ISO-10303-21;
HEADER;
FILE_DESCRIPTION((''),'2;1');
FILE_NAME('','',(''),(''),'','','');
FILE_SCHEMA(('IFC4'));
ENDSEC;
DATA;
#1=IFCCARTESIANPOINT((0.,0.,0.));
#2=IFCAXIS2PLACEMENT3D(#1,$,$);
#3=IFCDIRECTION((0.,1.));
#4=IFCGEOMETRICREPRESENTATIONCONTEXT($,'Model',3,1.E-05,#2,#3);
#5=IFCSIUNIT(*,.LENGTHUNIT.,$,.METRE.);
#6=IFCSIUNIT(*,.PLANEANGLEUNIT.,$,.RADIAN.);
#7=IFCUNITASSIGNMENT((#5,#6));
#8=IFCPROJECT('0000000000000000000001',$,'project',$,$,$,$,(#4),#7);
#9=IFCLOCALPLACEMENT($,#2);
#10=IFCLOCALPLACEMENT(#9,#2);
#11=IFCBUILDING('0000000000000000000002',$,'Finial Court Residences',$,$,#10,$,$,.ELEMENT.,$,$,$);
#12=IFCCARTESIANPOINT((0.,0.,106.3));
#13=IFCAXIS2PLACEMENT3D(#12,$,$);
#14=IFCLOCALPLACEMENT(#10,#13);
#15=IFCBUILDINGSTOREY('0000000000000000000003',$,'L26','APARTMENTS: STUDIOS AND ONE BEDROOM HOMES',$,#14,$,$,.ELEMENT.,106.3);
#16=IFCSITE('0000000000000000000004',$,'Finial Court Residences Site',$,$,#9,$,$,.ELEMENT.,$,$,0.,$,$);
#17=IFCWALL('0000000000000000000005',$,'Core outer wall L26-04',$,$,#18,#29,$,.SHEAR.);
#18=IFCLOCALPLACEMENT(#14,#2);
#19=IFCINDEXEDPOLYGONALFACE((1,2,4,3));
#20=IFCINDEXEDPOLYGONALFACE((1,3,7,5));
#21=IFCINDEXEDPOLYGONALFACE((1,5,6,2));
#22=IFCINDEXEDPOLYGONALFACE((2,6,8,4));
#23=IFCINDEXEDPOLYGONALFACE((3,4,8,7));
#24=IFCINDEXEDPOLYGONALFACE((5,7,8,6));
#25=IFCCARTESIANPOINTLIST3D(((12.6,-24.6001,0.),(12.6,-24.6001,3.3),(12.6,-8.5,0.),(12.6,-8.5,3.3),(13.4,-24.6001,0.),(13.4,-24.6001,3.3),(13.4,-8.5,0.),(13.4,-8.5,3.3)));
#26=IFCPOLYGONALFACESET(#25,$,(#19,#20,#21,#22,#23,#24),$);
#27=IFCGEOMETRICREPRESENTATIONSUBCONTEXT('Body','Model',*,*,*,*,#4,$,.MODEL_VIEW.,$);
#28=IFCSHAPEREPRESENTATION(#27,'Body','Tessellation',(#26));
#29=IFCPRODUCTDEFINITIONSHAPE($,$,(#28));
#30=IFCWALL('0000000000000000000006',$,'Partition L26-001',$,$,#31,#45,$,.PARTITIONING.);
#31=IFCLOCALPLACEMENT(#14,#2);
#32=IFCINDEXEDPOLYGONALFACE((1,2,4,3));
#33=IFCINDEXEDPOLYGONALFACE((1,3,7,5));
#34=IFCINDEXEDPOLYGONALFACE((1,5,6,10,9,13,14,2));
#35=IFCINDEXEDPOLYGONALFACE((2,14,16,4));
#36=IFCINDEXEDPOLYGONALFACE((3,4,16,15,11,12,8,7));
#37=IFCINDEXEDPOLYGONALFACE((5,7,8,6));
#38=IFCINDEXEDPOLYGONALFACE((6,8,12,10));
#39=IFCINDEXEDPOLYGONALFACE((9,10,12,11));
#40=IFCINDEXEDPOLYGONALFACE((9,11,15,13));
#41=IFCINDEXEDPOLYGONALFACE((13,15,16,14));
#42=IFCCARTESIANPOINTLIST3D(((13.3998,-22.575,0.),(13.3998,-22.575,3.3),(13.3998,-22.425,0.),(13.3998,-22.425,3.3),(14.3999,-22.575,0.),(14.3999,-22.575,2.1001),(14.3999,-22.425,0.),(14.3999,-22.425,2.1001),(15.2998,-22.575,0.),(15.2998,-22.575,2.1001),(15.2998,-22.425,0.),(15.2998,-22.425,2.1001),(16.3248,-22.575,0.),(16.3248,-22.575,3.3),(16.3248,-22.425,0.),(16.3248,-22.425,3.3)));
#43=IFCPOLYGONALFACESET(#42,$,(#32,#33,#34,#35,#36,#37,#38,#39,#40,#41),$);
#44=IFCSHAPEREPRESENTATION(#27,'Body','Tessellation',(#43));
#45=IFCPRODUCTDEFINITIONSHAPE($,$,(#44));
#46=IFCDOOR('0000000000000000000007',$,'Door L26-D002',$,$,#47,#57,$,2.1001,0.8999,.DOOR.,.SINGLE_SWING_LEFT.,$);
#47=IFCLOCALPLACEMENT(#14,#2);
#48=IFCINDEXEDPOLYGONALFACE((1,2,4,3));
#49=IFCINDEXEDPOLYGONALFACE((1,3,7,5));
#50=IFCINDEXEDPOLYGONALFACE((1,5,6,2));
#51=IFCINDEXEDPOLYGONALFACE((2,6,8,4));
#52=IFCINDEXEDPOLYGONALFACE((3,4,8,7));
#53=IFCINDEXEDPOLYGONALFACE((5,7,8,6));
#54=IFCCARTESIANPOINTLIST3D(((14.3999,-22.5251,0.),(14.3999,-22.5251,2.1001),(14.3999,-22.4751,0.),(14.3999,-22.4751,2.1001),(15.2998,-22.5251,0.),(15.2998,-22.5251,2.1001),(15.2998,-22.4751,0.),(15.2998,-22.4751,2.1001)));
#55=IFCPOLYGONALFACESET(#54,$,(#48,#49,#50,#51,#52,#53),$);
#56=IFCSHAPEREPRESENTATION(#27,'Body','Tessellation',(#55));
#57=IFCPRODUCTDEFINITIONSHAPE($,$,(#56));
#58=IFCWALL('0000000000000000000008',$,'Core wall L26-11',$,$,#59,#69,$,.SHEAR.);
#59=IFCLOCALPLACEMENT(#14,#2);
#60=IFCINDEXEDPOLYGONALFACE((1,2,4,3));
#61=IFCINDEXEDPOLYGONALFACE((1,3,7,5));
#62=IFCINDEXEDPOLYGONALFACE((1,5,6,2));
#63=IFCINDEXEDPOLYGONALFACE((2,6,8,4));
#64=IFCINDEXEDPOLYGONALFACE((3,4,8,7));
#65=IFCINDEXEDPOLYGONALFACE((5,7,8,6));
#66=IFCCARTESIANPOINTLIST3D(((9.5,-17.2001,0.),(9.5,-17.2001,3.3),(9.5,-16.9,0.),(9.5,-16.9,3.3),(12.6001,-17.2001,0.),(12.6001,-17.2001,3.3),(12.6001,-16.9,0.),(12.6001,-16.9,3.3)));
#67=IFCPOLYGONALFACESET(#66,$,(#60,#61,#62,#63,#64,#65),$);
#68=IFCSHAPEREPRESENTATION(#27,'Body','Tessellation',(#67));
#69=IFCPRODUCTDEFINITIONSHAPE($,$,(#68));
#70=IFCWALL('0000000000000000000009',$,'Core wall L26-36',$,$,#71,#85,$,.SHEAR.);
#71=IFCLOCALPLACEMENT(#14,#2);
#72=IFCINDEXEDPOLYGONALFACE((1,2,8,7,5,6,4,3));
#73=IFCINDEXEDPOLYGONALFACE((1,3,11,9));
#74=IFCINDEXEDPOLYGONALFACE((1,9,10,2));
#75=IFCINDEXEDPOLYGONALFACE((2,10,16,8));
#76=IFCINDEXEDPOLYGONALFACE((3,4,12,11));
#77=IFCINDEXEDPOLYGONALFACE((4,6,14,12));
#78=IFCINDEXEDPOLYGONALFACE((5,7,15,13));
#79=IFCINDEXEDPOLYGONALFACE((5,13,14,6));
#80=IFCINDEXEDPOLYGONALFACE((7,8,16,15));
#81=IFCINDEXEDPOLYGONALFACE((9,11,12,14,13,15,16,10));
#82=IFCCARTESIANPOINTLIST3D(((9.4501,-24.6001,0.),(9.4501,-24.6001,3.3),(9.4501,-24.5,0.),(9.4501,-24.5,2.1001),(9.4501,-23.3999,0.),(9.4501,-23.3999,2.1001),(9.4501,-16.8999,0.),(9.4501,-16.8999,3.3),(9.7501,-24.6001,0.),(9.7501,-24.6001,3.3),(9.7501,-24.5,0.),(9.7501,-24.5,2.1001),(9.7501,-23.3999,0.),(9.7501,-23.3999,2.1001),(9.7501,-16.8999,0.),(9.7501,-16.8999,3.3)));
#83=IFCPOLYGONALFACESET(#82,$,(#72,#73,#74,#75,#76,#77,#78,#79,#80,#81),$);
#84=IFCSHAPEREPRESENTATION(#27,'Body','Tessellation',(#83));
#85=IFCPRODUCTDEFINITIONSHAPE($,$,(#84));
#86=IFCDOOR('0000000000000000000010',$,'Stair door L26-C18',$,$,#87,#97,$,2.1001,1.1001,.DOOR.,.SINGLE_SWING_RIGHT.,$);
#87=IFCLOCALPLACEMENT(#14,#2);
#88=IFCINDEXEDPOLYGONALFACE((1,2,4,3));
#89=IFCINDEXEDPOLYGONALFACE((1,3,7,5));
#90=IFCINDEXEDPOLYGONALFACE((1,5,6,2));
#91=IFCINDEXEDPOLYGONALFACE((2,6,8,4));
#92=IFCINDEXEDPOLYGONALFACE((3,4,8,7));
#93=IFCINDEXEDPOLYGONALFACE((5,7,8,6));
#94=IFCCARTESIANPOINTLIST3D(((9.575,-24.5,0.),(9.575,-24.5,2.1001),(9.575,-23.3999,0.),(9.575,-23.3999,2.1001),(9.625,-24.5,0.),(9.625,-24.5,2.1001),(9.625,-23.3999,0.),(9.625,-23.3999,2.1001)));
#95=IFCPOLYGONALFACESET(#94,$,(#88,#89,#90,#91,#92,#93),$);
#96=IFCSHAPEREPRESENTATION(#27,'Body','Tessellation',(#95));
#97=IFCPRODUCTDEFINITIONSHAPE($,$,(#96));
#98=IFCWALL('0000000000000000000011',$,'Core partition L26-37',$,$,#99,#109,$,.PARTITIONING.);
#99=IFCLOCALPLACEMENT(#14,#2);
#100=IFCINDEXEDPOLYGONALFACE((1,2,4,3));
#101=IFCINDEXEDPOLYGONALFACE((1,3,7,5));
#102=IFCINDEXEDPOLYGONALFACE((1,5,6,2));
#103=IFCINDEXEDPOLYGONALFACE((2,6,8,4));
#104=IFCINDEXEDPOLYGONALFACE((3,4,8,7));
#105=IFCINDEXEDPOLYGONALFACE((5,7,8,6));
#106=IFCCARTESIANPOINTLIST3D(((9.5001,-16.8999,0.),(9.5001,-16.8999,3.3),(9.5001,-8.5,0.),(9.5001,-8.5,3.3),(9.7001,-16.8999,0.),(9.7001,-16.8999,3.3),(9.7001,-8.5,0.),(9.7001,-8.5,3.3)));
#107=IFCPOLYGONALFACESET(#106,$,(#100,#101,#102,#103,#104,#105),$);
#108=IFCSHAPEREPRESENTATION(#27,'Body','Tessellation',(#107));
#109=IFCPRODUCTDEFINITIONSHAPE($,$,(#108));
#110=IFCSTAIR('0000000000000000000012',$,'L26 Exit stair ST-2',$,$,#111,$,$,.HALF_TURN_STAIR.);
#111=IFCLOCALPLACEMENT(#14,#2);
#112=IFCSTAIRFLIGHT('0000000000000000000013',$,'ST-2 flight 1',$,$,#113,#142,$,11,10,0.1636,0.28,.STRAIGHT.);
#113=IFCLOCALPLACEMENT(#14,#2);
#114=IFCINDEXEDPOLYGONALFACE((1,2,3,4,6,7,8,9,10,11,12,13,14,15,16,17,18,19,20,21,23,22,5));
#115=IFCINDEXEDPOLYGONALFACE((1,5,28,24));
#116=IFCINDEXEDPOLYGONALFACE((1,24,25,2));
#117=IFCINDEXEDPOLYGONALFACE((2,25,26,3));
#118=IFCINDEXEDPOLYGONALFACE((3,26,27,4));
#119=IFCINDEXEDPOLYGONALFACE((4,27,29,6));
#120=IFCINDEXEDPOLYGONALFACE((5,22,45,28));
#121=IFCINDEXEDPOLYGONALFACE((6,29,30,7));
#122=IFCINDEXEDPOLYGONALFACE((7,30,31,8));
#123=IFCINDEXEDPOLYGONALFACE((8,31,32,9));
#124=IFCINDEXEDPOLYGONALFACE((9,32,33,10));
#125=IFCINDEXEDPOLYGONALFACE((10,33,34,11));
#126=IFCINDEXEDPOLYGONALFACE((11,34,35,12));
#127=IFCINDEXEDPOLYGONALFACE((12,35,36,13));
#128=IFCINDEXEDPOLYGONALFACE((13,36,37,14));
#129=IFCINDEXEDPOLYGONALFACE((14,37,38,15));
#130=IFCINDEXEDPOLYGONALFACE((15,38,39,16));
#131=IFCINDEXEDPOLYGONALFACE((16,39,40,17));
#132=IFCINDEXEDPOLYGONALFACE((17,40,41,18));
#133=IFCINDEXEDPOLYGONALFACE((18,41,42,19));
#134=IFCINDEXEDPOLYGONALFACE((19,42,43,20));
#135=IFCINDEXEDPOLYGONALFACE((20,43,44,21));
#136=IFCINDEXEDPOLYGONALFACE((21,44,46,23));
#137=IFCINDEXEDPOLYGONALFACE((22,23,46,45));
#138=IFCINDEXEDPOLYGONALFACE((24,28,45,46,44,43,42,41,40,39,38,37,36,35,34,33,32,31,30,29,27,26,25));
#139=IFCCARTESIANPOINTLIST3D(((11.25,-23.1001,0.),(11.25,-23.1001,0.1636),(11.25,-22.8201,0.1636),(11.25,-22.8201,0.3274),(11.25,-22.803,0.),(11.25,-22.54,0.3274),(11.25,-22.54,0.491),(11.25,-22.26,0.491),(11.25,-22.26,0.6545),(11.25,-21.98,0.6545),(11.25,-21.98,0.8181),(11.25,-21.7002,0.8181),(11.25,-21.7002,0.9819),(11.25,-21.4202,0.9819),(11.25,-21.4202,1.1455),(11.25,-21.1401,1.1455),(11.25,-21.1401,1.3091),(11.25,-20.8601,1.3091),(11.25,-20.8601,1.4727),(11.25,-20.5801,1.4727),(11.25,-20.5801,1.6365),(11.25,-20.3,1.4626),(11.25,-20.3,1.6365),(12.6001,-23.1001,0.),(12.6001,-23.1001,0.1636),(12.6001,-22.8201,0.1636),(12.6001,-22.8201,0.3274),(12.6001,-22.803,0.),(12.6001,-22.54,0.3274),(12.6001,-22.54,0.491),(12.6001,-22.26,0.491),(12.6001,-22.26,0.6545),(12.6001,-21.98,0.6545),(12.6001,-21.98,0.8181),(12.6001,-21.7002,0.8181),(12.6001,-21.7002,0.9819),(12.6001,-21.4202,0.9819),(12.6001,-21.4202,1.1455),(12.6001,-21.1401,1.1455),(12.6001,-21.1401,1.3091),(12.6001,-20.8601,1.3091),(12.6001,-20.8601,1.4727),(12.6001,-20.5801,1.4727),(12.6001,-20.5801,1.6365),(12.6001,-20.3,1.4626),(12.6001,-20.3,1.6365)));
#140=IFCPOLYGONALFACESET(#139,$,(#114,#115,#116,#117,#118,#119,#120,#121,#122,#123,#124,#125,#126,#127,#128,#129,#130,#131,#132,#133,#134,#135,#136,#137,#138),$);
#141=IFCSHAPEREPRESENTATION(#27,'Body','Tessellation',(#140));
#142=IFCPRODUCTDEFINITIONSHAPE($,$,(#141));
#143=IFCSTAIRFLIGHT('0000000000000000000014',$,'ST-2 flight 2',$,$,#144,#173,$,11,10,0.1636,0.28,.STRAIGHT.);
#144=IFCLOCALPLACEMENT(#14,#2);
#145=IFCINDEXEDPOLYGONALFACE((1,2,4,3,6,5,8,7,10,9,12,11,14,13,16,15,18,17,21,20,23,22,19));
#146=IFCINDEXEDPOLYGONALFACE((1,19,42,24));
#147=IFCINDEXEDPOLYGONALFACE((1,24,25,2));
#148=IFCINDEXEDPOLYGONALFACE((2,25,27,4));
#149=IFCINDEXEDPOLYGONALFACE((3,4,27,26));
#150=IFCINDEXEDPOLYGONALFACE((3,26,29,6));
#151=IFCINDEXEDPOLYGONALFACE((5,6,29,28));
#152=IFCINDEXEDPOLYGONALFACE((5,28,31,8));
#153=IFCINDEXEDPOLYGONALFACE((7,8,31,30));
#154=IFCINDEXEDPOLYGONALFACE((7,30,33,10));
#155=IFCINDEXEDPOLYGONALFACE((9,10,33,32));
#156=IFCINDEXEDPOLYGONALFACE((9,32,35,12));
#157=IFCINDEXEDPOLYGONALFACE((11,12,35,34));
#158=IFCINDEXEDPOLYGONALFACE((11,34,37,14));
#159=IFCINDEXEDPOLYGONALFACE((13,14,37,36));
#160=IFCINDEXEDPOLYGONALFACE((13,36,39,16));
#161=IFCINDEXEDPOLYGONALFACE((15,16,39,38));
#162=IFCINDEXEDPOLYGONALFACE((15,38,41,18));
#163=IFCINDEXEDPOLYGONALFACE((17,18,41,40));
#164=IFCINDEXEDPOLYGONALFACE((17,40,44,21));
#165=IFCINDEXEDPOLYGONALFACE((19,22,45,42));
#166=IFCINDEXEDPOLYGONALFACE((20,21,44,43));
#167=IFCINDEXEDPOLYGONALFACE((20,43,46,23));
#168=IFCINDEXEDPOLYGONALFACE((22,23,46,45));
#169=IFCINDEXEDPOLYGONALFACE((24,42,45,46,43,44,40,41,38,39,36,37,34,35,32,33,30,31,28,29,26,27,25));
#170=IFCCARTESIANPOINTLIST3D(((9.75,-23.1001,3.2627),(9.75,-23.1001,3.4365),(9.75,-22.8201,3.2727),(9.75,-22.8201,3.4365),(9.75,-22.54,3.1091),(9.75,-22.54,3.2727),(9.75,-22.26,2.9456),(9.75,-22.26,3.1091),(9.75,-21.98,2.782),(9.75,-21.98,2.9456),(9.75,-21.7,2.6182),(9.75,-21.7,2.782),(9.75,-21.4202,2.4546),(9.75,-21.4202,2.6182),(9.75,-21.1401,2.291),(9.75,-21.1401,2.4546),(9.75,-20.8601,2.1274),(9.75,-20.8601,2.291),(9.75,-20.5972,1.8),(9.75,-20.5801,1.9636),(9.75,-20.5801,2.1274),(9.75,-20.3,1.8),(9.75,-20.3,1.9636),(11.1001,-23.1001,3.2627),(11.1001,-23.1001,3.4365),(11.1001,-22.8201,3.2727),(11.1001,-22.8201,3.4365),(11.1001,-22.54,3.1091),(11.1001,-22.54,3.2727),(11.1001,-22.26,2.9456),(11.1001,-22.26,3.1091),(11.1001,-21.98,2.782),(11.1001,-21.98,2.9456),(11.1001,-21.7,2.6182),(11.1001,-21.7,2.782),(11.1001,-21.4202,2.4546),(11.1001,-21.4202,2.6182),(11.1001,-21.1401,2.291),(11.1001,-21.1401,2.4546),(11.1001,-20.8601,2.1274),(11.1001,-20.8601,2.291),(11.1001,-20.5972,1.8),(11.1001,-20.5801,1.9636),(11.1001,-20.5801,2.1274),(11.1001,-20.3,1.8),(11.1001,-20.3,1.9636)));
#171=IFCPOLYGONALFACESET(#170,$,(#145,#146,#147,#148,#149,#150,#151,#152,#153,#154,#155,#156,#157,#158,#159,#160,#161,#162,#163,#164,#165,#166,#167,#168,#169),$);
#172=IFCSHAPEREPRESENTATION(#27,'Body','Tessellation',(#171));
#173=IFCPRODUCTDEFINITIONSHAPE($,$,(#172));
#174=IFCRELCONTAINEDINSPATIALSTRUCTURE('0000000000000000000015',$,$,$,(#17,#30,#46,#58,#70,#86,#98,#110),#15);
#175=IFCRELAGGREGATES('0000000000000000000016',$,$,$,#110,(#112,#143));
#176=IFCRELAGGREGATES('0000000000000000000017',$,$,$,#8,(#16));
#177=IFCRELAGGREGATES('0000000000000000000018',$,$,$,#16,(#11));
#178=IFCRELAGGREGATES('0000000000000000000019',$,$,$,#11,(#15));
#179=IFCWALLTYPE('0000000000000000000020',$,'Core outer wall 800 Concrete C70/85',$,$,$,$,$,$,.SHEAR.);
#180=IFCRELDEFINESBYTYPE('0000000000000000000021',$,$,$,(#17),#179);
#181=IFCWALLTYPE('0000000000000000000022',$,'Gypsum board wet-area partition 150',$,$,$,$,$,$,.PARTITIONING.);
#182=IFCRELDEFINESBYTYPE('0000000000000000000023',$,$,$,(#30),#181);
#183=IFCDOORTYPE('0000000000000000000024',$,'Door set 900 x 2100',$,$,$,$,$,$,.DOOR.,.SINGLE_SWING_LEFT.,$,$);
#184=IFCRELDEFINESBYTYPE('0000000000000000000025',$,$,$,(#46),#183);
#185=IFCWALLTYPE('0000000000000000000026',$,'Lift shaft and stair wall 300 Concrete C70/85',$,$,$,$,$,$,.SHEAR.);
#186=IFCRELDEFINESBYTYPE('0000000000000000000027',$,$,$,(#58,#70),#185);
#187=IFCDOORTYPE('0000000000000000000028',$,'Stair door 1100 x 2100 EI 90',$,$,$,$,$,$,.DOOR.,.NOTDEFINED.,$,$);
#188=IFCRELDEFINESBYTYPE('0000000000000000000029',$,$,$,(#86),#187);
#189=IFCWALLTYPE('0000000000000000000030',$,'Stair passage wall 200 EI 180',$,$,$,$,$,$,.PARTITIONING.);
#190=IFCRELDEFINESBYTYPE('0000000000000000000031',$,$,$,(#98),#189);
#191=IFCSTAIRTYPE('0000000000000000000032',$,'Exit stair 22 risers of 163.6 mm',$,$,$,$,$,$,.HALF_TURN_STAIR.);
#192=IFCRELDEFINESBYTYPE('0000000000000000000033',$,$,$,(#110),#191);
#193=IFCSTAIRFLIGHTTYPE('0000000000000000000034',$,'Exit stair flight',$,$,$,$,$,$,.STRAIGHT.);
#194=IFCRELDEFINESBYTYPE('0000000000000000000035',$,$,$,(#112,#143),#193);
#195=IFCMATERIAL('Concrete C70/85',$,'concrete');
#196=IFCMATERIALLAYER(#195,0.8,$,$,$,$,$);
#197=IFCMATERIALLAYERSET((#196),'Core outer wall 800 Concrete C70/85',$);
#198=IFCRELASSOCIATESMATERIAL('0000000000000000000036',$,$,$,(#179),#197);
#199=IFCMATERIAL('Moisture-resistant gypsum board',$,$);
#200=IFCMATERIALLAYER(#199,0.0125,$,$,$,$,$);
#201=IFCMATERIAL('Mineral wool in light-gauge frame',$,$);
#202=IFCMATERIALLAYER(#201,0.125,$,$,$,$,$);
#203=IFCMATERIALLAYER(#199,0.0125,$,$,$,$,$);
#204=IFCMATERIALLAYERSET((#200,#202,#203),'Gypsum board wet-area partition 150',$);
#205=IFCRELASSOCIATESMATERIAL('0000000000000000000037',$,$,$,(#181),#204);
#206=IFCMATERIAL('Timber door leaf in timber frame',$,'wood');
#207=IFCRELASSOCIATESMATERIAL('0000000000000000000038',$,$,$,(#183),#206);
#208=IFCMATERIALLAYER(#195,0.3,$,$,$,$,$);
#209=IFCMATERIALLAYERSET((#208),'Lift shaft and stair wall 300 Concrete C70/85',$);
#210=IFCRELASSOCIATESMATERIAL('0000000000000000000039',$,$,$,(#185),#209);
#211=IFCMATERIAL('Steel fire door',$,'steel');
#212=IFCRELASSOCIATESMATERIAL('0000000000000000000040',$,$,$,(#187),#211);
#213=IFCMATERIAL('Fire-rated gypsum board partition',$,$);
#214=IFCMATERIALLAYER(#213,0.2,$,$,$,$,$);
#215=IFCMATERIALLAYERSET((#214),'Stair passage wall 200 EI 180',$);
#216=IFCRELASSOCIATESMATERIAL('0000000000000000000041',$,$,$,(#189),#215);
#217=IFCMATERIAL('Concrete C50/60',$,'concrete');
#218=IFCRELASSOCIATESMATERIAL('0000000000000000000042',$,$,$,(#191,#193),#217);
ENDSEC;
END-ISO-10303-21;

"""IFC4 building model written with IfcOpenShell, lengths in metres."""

from ifc_helpers import new_model, si_unit, direction, frame, frame_2d, origin, place, context, subcontext, project, spatial, polyline, rectangle, outline, extrude, material, layer, layer_set, type_object, element, fill, aggregate, save


model = new_model("IFC4")

# Units and contexts
model_context = context("Model", 3, precision=1e-05, world=origin(), true_north=direction((0.0, 1.0)))
body_context = subcontext(model_context, "Body", "Model", "MODEL_VIEW")
ifc_project = project(units=[si_unit("LENGTHUNIT", "METRE"), si_unit("PLANEANGLEUNIT", "RADIAN")], contexts=[model_context])

# Site, building, storey
site_placement = place(None, origin())
site = spatial("IfcSite", under=ifc_project, at=site_placement, Name="Finial Court Residences Site", CompositionType="ELEMENT", RefElevation=0.0)
building_placement = place(site_placement, origin())
building = spatial("IfcBuilding", under=site, at=building_placement, Name="Finial Court Residences", CompositionType="ELEMENT")
storey_placement = place(building_placement, frame((0.0, 0.0, 106.3)))
storey = spatial("IfcBuildingStorey", under=building, at=storey_placement, Name="L26", Description="APARTMENTS: STUDIOS AND ONE BEDROOM HOMES", CompositionType="ELEMENT", Elevation=106.3)

# Wall
ifc_material_1 = material(Name="Concrete C70/85", Category="concrete")
ifc_layer_1 = layer(ifc_material_1, 0.8)
ifc_layer_set_1 = layer_set([ifc_layer_1], Name="Core outer wall 800 Concrete C70/85")
wall_type_1 = type_object("IfcWallType", Name="Core outer wall 800 Concrete C70/85", PredefinedType="SHEAR", material=ifc_layer_set_1)
wall_1_placement = place(storey_placement, frame((13.0, -24.6001, 0.0), z_axis=(0.0, 0.0, 1.0), x_axis=(0.0, 1.0, 0.0)))
element("IfcWall", 1, at=wall_1_placement, inside=storey, type_object=wall_type_1, Name="Core outer wall L26-04", PredefinedType="SHEAR", context=body_context, shape_type="SweptSolid", body=[
    extrude(rectangle(XDim=16.1001, YDim=0.8, at=frame_2d((8.05, 0.0))), origin(), (0.0, 0.0, 1.0), 3.3),
])

# Wall, opening, door
ifc_material_2 = material(Name="Moisture-resistant gypsum board")
ifc_layer_2 = layer(ifc_material_2, 0.0125)
ifc_material_3 = material(Name="Mineral wool in light-gauge frame")
ifc_layer_3 = layer(ifc_material_3, 0.125)
ifc_layer_4 = layer(ifc_material_2, 0.0125)
ifc_layer_set_2 = layer_set([ifc_layer_2, ifc_layer_3, ifc_layer_4], Name="Gypsum board wet-area partition 150")
wall_type_2 = type_object("IfcWallType", Name="Gypsum board wet-area partition 150", PredefinedType="PARTITIONING", material=ifc_layer_set_2)
wall_2_placement = place(storey_placement, frame((13.3999, -22.5, 0.0), z_axis=(0.0, 0.0, 1.0), x_axis=(1.0, 0.0, 0.0)))
wall_2 = element("IfcWall", 2, at=wall_2_placement, inside=storey, type_object=wall_type_2, Name="Partition L26-001", PredefinedType="PARTITIONING", context=body_context, shape_type="SweptSolid", body=[
    extrude(rectangle(XDim=2.925, YDim=0.1499, at=frame_2d((1.4624, 0.0))), origin(), (0.0, 0.0, 1.0), 3.3),
])
opening_1_placement = place(wall_2_placement, frame((1.0, 0.0, 0.0)))
opening_1 = element("IfcOpeningElement", 3, at=opening_1_placement, cuts=wall_2, PredefinedType="OPENING", context=body_context, shape_type="SweptSolid", body=[
    extrude(rectangle(XDim=0.8999, YDim=2.1001, at=frame_2d((0.45, 1.05))), frame((0.0, 0.085, 0.0), z_axis=(0.0, -1.0, 0.0), x_axis=(1.0, 0.0, 0.0)), (0.0, 0.0, 1.0), 0.1699),
])
ifc_material_4 = material(Name="Timber door leaf in timber frame", Category="wood")
door_type_1 = type_object("IfcDoorType", Name="Door set 900 x 2100", OperationType="SINGLE_SWING_LEFT", PredefinedType="DOOR", material=ifc_material_4)
door_1_placement = place(opening_1_placement, origin())
door_1 = element("IfcDoor", 4, at=door_1_placement, inside=storey, type_object=door_type_1, Name="Door L26-D002", OperationType="SINGLE_SWING_LEFT", OverallHeight=2.1001, OverallWidth=0.8999, PredefinedType="DOOR", context=body_context, shape_type="SweptSolid", body=[
    extrude(rectangle(XDim=0.8999, YDim=2.1001, at=frame_2d((0.45, 1.05))), frame((0.0, 0.0249, 0.0), z_axis=(0.0, -1.0, 0.0), x_axis=(1.0, 0.0, 0.0)), (0.0, 0.0, 1.0), 0.05),
])
fill(opening_1, door_1)

# Wall
ifc_layer_5 = layer(ifc_material_1, 0.3)
ifc_layer_set_3 = layer_set([ifc_layer_5], Name="Lift shaft and stair wall 300 Concrete C70/85")
wall_type_3 = type_object("IfcWallType", Name="Lift shaft and stair wall 300 Concrete C70/85", PredefinedType="SHEAR", material=ifc_layer_set_3)
wall_3_placement = place(storey_placement, frame((9.5, -17.05, 0.0), z_axis=(0.0, 0.0, 1.0), x_axis=(1.0, 0.0, 0.0)))
element("IfcWall", 5, at=wall_3_placement, inside=storey, type_object=wall_type_3, Name="Core wall L26-11", PredefinedType="SHEAR", context=body_context, shape_type="SweptSolid", body=[
    extrude(rectangle(XDim=3.1001, YDim=0.3, at=frame_2d((1.55, 0.0))), origin(), (0.0, 0.0, 1.0), 3.3),
])

# Wall, opening, door
wall_4_placement = place(storey_placement, frame((9.6001, -16.8999, 0.0), z_axis=(0.0, 0.0, 1.0), x_axis=(0.0, -1.0, 0.0)))
wall_4 = element("IfcWall", 6, at=wall_4_placement, inside=storey, type_object=wall_type_3, Name="Core wall L26-36", PredefinedType="SHEAR", context=body_context, shape_type="SweptSolid", body=[
    extrude(rectangle(XDim=7.7002, YDim=0.3, at=frame_2d((3.8501, 0.0))), origin(), (0.0, 0.0, 1.0), 3.3),
])
opening_2_placement = place(wall_4_placement, frame((6.5, 0.0, 0.0)))
opening_2 = element("IfcOpeningElement", 7, at=opening_2_placement, cuts=wall_4, PredefinedType="OPENING", context=body_context, shape_type="SweptSolid", body=[
    extrude(rectangle(XDim=1.1001, YDim=2.1001, at=frame_2d((0.55, 1.05))), frame((0.0, 0.1599, 0.0), z_axis=(0.0, -1.0, 0.0), x_axis=(1.0, 0.0, 0.0)), (0.0, 0.0, 1.0), 0.3201),
])
ifc_material_5 = material(Name="Steel fire door", Category="steel")
door_type_2 = type_object("IfcDoorType", Name="Stair door 1100 x 2100 EI 90", OperationType="NOTDEFINED", PredefinedType="DOOR", material=ifc_material_5)
door_2_placement = place(opening_2_placement, origin())
door_2 = element("IfcDoor", 8, at=door_2_placement, inside=storey, type_object=door_type_2, Name="Stair door L26-C18", OperationType="SINGLE_SWING_RIGHT", OverallHeight=2.1001, OverallWidth=1.1001, PredefinedType="DOOR", context=body_context, shape_type="SweptSolid", body=[
    extrude(rectangle(XDim=1.1001, YDim=2.1001, at=frame_2d((0.55, 1.05))), frame((0.0, 0.0249, 0.0), z_axis=(0.0, -1.0, 0.0), x_axis=(1.0, 0.0, 0.0)), (0.0, 0.0, 1.0), 0.05),
])
fill(opening_2, door_2)

# Wall
ifc_material_6 = material(Name="Fire-rated gypsum board partition")
ifc_layer_6 = layer(ifc_material_6, 0.2)
ifc_layer_set_4 = layer_set([ifc_layer_6], Name="Stair passage wall 200 EI 180")
wall_type_4 = type_object("IfcWallType", Name="Stair passage wall 200 EI 180", PredefinedType="PARTITIONING", material=ifc_layer_set_4)
wall_5_placement = place(storey_placement, frame((9.6001, -16.8999, 0.0), z_axis=(0.0, 0.0, 1.0), x_axis=(0.0, 1.0, 0.0)))
element("IfcWall", 9, at=wall_5_placement, inside=storey, type_object=wall_type_4, Name="Core partition L26-37", PredefinedType="PARTITIONING", context=body_context, shape_type="SweptSolid", body=[
    extrude(rectangle(XDim=8.3999, YDim=0.2, at=frame_2d((4.2, 0.0))), origin(), (0.0, 0.0, 1.0), 3.3),
])

# Stair, stair flights
ifc_material_7 = material(Name="Concrete C50/60", Category="concrete")
stair_type = type_object("IfcStairType", Name="Exit stair 22 risers of 163.6 mm", PredefinedType="HALF_TURN_STAIR", material=ifc_material_7)
stair_placement = place(storey_placement, origin())
stair = element("IfcStair", 10, at=stair_placement, inside=storey, type_object=stair_type, Name="L26 Exit stair ST-2", PredefinedType="HALF_TURN_STAIR")
stair_flight_type = type_object("IfcStairFlightType", Name="Exit stair flight", PredefinedType="STRAIGHT", material=ifc_material_7)
stair_flight_1_placement = place(storey_placement, frame((11.925, -23.1001, 0.0), z_axis=(0.0, 0.0, 1.0), x_axis=(0.0, 1.0, 0.0)))
stair_flight_1 = element("IfcStairFlight", 11, at=stair_flight_1_placement, type_object=stair_flight_type, Name="ST-2 flight 1", NumberOfRisers=11, NumberOfTreads=10, PredefinedType="STRAIGHT", RiserHeight=0.1636, TreadLength=0.28, context=body_context, shape_type="SweptSolid", body=[
    extrude(outline(polyline([(0.0, 0.0), (0.0, 0.1636), (0.28, 0.1636), (0.28, 0.3274), (0.5601, 0.3274), (0.5601, 0.491), (0.8401, 0.491), (0.8401, 0.6545), (1.1201, 0.6545), (1.1201, 0.8181), (1.3999, 0.8181), (1.3999, 0.9819), (1.6799, 0.9819), (1.6799, 1.1455), (1.96, 1.1455), (1.96, 1.3091), (2.24, 1.3091), (2.24, 1.4727), (2.52, 1.4727), (2.52, 1.6365), (2.8, 1.6365), (2.8, 1.8), (2.8, 1.4626), (0.2971, 0.0), (0.0, 0.0)])), frame((0.0, 0.675, 0.0), z_axis=(0.0, -1.0, 0.0), x_axis=(1.0, 0.0, 0.0)), (0.0, 0.0, 1.0), 1.3501),
])
stair_flight_2_placement = place(storey_placement, frame((10.425, -20.3, 1.8), z_axis=(0.0, 0.0, 1.0), x_axis=(0.0, -1.0, 0.0)))
stair_flight_2 = element("IfcStairFlight", 12, at=stair_flight_2_placement, type_object=stair_flight_type, Name="ST-2 flight 2", NumberOfRisers=11, NumberOfTreads=10, PredefinedType="STRAIGHT", RiserHeight=0.1636, TreadLength=0.28, context=body_context, shape_type="SweptSolid", body=[
    extrude(outline(polyline([(0.0, 0.0), (0.0, 0.1636), (0.28, 0.1636), (0.28, 0.3274), (0.5601, 0.3274), (0.5601, 0.491), (0.8401, 0.491), (0.8401, 0.6545), (1.1201, 0.6545), (1.1201, 0.8181), (1.3999, 0.8181), (1.3999, 0.9819), (1.6799, 0.9819), (1.6799, 1.1455), (1.96, 1.1455), (1.96, 1.3091), (2.24, 1.3091), (2.24, 1.4727), (2.52, 1.4727), (2.52, 1.6365), (2.8, 1.6365), (2.8, 1.8), (2.8, 1.4626), (0.2971, 0.0), (0.0, 0.0)])), frame((0.0, 0.675, 0.0), z_axis=(0.0, -1.0, 0.0), x_axis=(1.0, 0.0, 0.0)), (0.0, 0.0, 1.0), 1.3501),
])
aggregate(stair, [stair_flight_1, stair_flight_2])

save(model, "model.ifc")
